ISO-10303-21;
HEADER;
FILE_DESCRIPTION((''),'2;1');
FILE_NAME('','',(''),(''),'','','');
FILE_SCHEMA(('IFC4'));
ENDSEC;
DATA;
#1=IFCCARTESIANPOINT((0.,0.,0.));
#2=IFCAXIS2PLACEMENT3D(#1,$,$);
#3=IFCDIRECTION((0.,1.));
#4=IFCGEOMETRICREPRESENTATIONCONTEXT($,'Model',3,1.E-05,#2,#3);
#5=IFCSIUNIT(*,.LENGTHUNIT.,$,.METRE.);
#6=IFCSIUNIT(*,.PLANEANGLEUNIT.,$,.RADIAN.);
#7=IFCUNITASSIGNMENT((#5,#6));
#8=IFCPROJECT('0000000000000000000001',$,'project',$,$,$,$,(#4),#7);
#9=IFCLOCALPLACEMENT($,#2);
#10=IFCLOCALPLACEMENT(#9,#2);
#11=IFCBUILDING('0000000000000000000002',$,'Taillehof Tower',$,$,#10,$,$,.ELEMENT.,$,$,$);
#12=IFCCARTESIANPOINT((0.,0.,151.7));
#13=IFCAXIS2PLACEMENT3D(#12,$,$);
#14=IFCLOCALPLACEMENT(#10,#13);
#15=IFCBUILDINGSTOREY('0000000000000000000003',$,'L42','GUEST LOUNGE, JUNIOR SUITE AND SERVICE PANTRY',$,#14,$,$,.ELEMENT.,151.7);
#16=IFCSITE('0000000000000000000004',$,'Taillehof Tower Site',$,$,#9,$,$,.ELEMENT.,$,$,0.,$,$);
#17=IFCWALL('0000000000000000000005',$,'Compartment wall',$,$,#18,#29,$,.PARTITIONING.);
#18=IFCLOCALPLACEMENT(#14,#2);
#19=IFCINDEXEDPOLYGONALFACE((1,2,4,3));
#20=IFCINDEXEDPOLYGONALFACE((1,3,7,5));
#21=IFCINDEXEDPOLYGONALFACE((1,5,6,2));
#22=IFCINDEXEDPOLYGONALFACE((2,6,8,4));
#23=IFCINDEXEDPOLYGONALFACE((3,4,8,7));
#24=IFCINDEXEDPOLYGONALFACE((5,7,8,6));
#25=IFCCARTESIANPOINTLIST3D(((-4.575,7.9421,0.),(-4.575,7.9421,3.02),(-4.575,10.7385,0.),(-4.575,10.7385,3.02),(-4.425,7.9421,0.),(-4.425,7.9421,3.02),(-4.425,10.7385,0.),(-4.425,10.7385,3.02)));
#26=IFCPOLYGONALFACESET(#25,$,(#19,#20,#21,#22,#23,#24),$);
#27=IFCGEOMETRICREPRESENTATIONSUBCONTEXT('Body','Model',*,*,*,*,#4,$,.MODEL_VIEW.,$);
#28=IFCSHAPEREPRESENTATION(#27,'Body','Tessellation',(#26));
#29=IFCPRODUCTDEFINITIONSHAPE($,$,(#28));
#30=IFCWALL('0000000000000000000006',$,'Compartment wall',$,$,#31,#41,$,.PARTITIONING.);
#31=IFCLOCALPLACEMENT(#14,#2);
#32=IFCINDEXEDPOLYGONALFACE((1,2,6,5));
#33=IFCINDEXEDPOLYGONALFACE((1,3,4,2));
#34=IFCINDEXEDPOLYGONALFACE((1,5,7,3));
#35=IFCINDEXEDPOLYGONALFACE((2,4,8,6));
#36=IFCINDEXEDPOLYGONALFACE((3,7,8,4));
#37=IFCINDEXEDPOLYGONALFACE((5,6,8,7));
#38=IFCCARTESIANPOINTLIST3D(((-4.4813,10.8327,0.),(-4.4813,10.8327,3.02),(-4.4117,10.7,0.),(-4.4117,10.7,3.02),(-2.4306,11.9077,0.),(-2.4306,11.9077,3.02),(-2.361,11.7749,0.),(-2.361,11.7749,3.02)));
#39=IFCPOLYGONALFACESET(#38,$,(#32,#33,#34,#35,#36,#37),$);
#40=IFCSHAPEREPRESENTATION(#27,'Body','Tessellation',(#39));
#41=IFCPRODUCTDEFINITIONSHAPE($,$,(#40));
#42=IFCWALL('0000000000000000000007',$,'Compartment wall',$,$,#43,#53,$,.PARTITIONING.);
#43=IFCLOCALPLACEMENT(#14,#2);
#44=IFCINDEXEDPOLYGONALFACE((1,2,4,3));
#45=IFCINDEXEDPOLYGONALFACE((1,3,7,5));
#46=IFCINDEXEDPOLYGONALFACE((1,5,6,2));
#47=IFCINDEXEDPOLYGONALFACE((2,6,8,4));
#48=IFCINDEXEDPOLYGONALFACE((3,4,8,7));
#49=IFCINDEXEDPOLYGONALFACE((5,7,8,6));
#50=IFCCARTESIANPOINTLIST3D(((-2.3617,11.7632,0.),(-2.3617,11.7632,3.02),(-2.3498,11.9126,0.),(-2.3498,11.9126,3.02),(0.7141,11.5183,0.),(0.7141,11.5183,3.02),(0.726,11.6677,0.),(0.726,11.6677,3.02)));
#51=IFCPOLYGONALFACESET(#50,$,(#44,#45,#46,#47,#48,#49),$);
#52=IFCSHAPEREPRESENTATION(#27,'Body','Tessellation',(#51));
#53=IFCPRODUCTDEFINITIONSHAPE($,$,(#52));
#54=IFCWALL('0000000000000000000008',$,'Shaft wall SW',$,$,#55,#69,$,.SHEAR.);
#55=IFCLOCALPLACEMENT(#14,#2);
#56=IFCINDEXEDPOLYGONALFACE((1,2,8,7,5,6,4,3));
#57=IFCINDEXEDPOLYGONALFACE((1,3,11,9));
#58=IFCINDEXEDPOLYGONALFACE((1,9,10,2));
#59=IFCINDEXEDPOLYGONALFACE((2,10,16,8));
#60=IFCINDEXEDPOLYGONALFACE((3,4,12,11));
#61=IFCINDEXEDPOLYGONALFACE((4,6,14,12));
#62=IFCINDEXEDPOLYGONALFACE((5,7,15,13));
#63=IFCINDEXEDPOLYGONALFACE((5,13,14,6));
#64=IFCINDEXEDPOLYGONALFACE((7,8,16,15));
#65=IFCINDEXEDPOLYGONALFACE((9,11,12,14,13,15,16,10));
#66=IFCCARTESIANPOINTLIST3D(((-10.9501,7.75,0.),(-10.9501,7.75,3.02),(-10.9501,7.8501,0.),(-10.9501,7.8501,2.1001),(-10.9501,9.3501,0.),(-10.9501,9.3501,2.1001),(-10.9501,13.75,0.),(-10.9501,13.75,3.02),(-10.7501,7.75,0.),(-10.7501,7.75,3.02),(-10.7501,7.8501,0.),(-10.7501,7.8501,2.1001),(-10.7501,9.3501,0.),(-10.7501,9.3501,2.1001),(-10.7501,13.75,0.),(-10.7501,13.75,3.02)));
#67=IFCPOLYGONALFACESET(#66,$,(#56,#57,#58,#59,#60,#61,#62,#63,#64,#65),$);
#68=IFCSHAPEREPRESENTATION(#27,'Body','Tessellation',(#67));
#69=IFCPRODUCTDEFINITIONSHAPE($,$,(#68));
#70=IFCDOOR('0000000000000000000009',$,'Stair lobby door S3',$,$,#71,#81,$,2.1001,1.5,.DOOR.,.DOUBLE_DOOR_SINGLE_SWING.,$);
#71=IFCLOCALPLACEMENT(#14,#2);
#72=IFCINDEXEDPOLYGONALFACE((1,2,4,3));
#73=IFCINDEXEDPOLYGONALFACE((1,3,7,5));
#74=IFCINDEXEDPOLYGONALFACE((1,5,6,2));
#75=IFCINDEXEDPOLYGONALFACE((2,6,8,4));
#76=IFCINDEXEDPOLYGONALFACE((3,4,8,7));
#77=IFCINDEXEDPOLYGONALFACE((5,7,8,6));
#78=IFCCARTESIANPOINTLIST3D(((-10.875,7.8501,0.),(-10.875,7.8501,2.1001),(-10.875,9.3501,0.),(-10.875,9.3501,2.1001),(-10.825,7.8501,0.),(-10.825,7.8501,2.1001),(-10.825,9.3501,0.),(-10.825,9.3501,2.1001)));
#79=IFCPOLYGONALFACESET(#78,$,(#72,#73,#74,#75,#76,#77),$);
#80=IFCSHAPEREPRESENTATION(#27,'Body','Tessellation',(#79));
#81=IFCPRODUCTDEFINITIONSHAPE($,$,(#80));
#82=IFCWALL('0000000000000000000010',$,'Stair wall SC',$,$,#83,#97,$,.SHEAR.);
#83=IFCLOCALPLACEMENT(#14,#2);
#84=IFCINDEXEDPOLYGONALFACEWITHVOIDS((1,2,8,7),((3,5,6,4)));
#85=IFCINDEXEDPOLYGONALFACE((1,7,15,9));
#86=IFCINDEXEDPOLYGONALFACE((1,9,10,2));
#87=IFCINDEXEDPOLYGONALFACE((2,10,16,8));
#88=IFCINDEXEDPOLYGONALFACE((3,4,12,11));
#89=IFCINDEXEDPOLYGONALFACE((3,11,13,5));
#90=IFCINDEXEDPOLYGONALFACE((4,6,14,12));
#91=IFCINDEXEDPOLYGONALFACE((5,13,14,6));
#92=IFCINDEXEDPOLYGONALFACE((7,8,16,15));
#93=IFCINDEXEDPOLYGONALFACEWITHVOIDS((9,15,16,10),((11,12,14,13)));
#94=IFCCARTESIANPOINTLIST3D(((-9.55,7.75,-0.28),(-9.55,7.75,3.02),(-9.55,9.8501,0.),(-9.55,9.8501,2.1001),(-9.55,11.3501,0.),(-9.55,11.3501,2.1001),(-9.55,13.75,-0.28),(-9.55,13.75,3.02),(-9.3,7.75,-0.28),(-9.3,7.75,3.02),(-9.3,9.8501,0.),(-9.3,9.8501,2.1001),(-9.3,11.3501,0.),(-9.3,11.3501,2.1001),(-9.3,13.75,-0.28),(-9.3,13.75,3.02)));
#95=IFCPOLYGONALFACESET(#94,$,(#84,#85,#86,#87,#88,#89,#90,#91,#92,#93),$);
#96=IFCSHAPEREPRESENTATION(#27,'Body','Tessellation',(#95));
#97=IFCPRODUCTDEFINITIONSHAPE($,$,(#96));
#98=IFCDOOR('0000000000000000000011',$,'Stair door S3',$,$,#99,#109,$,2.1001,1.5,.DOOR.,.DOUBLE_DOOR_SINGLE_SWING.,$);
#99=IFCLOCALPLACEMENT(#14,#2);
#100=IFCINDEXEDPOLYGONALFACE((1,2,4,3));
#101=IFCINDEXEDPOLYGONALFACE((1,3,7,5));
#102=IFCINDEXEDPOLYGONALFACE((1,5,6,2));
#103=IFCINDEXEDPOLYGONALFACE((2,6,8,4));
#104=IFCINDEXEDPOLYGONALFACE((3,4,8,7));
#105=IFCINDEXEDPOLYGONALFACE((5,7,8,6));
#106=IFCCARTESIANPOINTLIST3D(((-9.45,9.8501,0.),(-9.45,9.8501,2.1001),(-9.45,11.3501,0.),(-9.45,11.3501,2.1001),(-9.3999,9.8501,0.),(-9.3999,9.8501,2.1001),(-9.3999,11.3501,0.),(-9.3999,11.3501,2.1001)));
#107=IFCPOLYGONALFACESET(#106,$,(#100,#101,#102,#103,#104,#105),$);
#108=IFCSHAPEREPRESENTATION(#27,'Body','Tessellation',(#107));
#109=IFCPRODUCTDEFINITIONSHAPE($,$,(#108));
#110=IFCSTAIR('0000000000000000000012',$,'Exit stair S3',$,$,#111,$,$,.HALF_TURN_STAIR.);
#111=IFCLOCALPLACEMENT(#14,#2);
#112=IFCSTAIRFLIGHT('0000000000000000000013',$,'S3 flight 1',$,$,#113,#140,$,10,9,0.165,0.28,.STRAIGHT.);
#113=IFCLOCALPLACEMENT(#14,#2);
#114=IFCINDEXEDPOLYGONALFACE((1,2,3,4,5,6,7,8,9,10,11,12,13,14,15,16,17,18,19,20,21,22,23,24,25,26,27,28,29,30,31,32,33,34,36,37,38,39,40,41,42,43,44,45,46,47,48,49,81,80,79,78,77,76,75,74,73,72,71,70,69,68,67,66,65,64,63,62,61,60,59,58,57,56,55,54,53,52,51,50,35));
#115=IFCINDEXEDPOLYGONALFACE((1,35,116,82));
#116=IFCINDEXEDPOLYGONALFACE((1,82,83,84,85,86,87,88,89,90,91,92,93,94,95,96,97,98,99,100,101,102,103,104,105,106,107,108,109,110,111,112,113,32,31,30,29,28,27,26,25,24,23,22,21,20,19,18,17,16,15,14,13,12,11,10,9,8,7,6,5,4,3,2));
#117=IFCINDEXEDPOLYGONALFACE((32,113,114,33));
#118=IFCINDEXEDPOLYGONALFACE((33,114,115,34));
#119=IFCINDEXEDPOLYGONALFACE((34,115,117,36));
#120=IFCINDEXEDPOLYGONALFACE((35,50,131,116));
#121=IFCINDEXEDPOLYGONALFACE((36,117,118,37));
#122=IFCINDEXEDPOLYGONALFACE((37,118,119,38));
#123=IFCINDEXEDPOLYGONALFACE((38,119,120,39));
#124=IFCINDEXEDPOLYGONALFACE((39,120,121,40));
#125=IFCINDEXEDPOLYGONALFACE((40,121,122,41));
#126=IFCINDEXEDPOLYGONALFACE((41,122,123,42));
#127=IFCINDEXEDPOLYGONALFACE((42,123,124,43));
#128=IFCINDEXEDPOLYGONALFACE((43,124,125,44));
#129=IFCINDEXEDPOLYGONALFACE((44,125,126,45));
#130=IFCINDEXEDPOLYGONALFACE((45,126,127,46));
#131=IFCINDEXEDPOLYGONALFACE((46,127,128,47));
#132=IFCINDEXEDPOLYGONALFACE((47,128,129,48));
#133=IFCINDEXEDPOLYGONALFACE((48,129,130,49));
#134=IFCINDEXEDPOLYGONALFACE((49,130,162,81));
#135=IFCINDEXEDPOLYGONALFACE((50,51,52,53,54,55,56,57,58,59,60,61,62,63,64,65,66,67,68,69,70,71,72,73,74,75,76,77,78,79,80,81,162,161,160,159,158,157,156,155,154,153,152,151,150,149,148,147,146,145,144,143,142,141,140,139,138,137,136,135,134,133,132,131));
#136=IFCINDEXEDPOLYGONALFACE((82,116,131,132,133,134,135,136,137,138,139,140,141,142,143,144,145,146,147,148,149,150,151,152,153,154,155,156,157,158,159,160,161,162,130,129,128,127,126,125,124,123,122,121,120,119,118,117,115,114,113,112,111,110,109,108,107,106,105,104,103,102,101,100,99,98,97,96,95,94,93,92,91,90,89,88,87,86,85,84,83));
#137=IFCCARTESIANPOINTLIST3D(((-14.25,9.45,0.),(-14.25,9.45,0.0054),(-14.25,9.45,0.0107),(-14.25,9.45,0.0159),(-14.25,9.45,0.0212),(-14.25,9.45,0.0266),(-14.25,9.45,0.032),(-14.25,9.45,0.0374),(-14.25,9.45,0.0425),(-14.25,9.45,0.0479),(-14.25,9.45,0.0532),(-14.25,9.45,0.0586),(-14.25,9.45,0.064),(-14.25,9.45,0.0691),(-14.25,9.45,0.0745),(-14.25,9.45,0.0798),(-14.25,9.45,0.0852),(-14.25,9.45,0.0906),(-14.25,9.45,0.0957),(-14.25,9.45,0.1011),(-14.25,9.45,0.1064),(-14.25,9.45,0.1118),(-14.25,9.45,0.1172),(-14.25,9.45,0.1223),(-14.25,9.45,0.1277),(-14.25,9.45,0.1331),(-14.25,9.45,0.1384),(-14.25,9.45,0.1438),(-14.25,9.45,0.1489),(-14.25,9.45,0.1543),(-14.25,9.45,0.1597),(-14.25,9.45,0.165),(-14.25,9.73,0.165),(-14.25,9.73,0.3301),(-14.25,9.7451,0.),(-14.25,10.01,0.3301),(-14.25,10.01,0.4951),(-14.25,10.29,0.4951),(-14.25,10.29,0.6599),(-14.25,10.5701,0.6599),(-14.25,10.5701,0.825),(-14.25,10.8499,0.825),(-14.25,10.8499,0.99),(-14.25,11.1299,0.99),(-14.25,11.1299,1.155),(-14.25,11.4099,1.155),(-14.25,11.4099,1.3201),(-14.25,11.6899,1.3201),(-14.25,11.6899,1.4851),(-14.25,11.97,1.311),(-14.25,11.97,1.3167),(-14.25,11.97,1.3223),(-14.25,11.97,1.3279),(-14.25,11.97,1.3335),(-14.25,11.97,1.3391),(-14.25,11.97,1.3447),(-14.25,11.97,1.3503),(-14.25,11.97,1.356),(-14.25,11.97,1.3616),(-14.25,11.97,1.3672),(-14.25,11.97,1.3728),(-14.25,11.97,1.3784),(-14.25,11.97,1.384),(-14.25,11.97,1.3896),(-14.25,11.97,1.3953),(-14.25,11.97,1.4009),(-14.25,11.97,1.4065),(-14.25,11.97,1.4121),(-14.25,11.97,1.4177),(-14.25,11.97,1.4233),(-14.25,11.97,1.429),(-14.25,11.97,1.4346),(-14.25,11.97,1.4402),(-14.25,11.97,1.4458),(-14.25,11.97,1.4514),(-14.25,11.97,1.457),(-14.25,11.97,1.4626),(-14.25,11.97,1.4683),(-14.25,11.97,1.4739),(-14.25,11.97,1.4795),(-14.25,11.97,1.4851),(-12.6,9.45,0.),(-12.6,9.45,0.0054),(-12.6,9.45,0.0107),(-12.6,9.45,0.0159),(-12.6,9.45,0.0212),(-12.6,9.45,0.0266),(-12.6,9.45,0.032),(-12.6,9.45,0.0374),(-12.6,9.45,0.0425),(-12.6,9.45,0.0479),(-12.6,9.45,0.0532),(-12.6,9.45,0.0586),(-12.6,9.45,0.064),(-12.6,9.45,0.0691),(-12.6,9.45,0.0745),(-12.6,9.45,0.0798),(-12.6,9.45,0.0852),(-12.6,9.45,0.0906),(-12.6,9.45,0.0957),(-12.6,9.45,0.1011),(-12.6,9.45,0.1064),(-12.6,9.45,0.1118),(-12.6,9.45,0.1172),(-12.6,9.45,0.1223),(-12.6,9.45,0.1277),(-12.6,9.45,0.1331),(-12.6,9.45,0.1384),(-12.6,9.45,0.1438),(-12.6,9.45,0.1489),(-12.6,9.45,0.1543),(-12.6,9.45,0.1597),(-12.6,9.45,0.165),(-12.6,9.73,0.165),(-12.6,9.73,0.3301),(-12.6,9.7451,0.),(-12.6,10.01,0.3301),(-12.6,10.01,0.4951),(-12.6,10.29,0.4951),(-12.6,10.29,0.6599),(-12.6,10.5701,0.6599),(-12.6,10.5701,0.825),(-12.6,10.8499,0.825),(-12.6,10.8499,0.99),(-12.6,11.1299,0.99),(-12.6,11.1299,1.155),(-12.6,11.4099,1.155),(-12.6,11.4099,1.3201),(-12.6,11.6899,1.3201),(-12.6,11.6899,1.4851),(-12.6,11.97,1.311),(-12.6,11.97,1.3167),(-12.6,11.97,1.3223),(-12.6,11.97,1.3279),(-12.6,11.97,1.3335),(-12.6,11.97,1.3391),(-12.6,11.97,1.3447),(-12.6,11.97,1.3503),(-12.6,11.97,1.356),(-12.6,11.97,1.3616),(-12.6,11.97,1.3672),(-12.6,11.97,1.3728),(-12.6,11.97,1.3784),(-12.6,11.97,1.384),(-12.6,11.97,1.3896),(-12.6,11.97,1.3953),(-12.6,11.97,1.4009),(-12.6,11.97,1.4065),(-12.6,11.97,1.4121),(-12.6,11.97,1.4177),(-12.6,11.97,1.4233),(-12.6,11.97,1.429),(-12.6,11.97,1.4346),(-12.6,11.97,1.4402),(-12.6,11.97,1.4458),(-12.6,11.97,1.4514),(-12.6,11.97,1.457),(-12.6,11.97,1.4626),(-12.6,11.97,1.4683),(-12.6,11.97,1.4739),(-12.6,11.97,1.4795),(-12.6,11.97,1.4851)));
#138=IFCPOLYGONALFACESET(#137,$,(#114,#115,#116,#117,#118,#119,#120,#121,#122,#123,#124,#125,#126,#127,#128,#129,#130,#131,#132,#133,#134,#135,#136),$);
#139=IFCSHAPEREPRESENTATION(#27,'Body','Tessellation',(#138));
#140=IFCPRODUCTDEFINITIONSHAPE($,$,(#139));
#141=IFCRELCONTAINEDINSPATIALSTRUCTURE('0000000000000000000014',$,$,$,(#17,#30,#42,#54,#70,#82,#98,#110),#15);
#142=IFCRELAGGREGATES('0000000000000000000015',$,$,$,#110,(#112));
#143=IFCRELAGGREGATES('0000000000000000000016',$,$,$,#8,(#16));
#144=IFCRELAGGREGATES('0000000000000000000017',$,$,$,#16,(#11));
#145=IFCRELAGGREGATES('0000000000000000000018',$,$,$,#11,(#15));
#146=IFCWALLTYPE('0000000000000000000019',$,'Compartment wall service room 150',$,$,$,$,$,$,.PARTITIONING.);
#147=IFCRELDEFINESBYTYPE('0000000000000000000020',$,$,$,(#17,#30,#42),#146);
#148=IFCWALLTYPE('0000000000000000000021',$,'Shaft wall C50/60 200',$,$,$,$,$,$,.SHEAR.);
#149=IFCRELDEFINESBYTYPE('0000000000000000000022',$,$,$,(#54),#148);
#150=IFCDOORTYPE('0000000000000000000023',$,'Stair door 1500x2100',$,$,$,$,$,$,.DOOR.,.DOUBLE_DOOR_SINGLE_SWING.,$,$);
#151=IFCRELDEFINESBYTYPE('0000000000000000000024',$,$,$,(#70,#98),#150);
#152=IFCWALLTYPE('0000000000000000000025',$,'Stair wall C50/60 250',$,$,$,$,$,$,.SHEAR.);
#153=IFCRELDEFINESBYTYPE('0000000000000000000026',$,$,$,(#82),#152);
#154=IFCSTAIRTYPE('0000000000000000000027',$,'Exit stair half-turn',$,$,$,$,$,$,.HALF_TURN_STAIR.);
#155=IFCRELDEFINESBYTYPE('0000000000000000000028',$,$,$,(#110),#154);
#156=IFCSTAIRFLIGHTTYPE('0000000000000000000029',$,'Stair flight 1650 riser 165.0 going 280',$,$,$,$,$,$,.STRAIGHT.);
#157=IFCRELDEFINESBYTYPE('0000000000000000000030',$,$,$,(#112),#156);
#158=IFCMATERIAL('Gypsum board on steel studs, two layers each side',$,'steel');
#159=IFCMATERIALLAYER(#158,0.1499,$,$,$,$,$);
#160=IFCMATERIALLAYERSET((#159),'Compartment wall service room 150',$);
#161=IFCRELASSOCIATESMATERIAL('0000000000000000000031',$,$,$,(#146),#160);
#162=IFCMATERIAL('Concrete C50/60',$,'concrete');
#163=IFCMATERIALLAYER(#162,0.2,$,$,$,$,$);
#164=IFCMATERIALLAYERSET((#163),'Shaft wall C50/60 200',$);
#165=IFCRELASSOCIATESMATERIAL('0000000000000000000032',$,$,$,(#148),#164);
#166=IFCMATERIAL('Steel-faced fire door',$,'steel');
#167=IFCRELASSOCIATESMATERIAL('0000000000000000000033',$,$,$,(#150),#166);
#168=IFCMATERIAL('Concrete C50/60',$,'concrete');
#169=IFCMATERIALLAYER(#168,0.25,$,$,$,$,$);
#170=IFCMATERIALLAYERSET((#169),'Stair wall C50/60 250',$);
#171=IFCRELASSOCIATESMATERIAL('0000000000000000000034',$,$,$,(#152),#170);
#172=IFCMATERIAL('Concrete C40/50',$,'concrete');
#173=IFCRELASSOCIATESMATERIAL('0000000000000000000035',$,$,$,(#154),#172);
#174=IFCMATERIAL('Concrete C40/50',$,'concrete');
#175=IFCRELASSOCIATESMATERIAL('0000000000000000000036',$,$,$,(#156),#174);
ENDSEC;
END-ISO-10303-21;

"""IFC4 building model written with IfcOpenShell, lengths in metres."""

from ifc_helpers import new_model, si_unit, direction, frame, frame_2d, origin, place, context, subcontext, project, spatial, polyline, rectangle, outline, extrude, material, layer, layer_set, type_object, element, fill, aggregate, save


model = new_model("IFC4")

# Units and contexts
model_context = context("Model", 3, precision=1e-05, world=origin(), true_north=direction((0.0, 1.0)))
body_context = subcontext(model_context, "Body", "Model", "MODEL_VIEW")
ifc_project = project(units=[si_unit("LENGTHUNIT", "METRE"), si_unit("PLANEANGLEUNIT", "RADIAN")], contexts=[model_context])

# Site, building, storey
site_placement = place(None, origin())
site = spatial("IfcSite", under=ifc_project, at=site_placement, Name="Taillehof Tower Site", CompositionType="ELEMENT", RefElevation=0.0)
building_placement = place(site_placement, origin())
building = spatial("IfcBuilding", under=site, at=building_placement, Name="Taillehof Tower", CompositionType="ELEMENT")
storey_placement = place(building_placement, frame((0.0, 0.0, 151.7)))
storey = spatial("IfcBuildingStorey", under=building, at=storey_placement, Name="L42", Description="GUEST LOUNGE, JUNIOR SUITE AND SERVICE PANTRY", CompositionType="ELEMENT", Elevation=151.7)

# Walls
ifc_material_1 = material(Name="Gypsum board on steel studs, two layers each side", Category="steel")
ifc_layer_1 = layer(ifc_material_1, 0.1499)
ifc_layer_set_1 = layer_set([ifc_layer_1], Name="Compartment wall service room 150")
wall_type_1 = type_object("IfcWallType", Name="Compartment wall service room 150", PredefinedType="PARTITIONING", material=ifc_layer_set_1)
wall_1_placement = place(storey_placement, frame((-4.5, 7.9421, 0.0), z_axis=(0.0, 0.0, 1.0), x_axis=(0.0, 1.0, 0.0)))
element("IfcWall", 1, at=wall_1_placement, inside=storey, type_object=wall_type_1, Name="Compartment wall", PredefinedType="PARTITIONING", context=body_context, shape_type="SweptSolid", body=[
    extrude(rectangle(XDim=2.7964, YDim=0.1499, at=frame_2d((1.3982, 0.0))), origin(), (0.0, 0.0, 1.0), 3.02),
])
wall_2_placement = place(storey_placement, frame((-4.4465, 10.7664, 0.0), z_axis=(0.0, 0.0, 1.0), x_axis=(0.885701, 0.464255, 0.0)))
element("IfcWall", 2, at=wall_2_placement, inside=storey, type_object=wall_type_1, Name="Compartment wall", PredefinedType="PARTITIONING", context=body_context, shape_type="SweptSolid", body=[
    extrude(rectangle(XDim=2.3154, YDim=0.1499, at=frame_2d((1.1577, 0.0))), origin(), (0.0, 0.0, 1.0), 3.02),
])
wall_3_placement = place(storey_placement, frame((-2.3557, 11.8379, 0.0), z_axis=(0.0, 0.0, 1.0), x_axis=(0.996846, -0.079365, 0.0)))
element("IfcWall", 3, at=wall_3_placement, inside=storey, type_object=wall_type_1, Name="Compartment wall", PredefinedType="PARTITIONING", context=body_context, shape_type="SweptSolid", body=[
    extrude(rectangle(XDim=3.0854, YDim=0.1499, at=frame_2d((1.5427, 0.0))), origin(), (0.0, 0.0, 1.0), 3.02),
])

# Walls, openings, doors
ifc_material_2 = material(Name="Concrete C50/60", Category="concrete")
ifc_layer_2 = layer(ifc_material_2, 0.2)
ifc_layer_set_2 = layer_set([ifc_layer_2], Name="Shaft wall C50/60 200")
wall_type_2 = type_object("IfcWallType", Name="Shaft wall C50/60 200", PredefinedType="SHEAR", material=ifc_layer_set_2)
wall_4_placement = place(storey_placement, frame((-10.8501, 7.75, 0.0), z_axis=(0.0, 0.0, 1.0), x_axis=(0.0, 1.0, 0.0)))
wall_4 = element("IfcWall", 4, at=wall_4_placement, inside=storey, type_object=wall_type_2, Name="Shaft wall SW", PredefinedType="SHEAR", context=body_context, shape_type="SweptSolid", body=[
    extrude(rectangle(XDim=6.0, YDim=0.2, at=frame_2d((3.0, 0.0))), origin(), (0.0, 0.0, 1.0), 3.02),
])
opening_1_placement = place(wall_4_placement, frame((0.1001, 0.0, 0.0)))
opening_1 = element("IfcOpeningElement", 5, at=opening_1_placement, cuts=wall_4, PredefinedType="OPENING", context=body_context, shape_type="SweptSolid", body=[
    extrude(rectangle(XDim=1.5, YDim=2.1001, at=frame_2d((0.75, 1.05))), frame((0.0, 0.1099, 0.0), z_axis=(0.0, -1.0, 0.0), x_axis=(1.0, 0.0, 0.0)), (0.0, 0.0, 1.0), 0.22),
])
ifc_material_3 = material(Name="Steel-faced fire door", Category="steel")
door_type = type_object("IfcDoorType", Name="Stair door 1500x2100", OperationType="DOUBLE_DOOR_SINGLE_SWING", PredefinedType="DOOR", material=ifc_material_3)
door_1_placement = place(opening_1_placement, origin())
door_1 = element("IfcDoor", 6, at=door_1_placement, inside=storey, type_object=door_type, Name="Stair lobby door S3", OperationType="DOUBLE_DOOR_SINGLE_SWING", OverallHeight=2.1001, OverallWidth=1.5, PredefinedType="DOOR", context=body_context, shape_type="SweptSolid", body=[
    extrude(rectangle(XDim=1.5, YDim=2.1001, at=frame_2d((0.75, 1.05))), frame((0.0, 0.0249, 0.0), z_axis=(0.0, -1.0, 0.0), x_axis=(1.0, 0.0, 0.0)), (0.0, 0.0, 1.0), 0.05),
])
fill(opening_1, door_1)
ifc_material_4 = material(Name="Concrete C50/60", Category="concrete")
ifc_layer_3 = layer(ifc_material_4, 0.25)
ifc_layer_set_3 = layer_set([ifc_layer_3], Name="Stair wall C50/60 250")
wall_type_3 = type_object("IfcWallType", Name="Stair wall C50/60 250", PredefinedType="SHEAR", material=ifc_layer_set_3)
wall_5_placement = place(storey_placement, frame((-9.425, 7.75, -0.28), z_axis=(0.0, 0.0, 1.0), x_axis=(0.0, 1.0, 0.0)))
wall_5 = element("IfcWall", 7, at=wall_5_placement, inside=storey, type_object=wall_type_3, Name="Stair wall SC", PredefinedType="SHEAR", context=body_context, shape_type="SweptSolid", body=[
    extrude(rectangle(XDim=6.0, YDim=0.25, at=frame_2d((3.0, 0.0))), origin(), (0.0, 0.0, 1.0), 3.3),
])
opening_2_placement = place(wall_5_placement, frame((2.1001, 0.0, 0.28)))
opening_2 = element("IfcOpeningElement", 8, at=opening_2_placement, cuts=wall_5, PredefinedType="OPENING", context=body_context, shape_type="SweptSolid", body=[
    extrude(rectangle(XDim=1.5, YDim=2.1001, at=frame_2d((0.75, 1.05))), frame((0.0, 0.135, 0.0), z_axis=(0.0, -1.0, 0.0), x_axis=(1.0, 0.0, 0.0)), (0.0, 0.0, 1.0), 0.27),
])
door_2_placement = place(opening_2_placement, origin())
door_2 = element("IfcDoor", 9, at=door_2_placement, inside=storey, type_object=door_type, Name="Stair door S3", OperationType="DOUBLE_DOOR_SINGLE_SWING", OverallHeight=2.1001, OverallWidth=1.5, PredefinedType="DOOR", context=body_context, shape_type="SweptSolid", body=[
    extrude(rectangle(XDim=1.5, YDim=2.1001, at=frame_2d((0.75, 1.05))), frame((0.0, 0.0249, 0.0), z_axis=(0.0, -1.0, 0.0), x_axis=(1.0, 0.0, 0.0)), (0.0, 0.0, 1.0), 0.05),
])
fill(opening_2, door_2)

# Stair, stair flight
ifc_material_5 = material(Name="Concrete C40/50", Category="concrete")
stair_type = type_object("IfcStairType", Name="Exit stair half-turn", PredefinedType="HALF_TURN_STAIR", material=ifc_material_5)
stair_placement = place(storey_placement, origin())
stair = element("IfcStair", 10, at=stair_placement, inside=storey, type_object=stair_type, Name="Exit stair S3", PredefinedType="HALF_TURN_STAIR")
ifc_material_6 = material(Name="Concrete C40/50", Category="concrete")
stair_flight_type = type_object("IfcStairFlightType", Name="Stair flight 1650 riser 165.0 going 280", PredefinedType="STRAIGHT", material=ifc_material_6)
stair_flight_placement = place(storey_placement, frame((-13.425, 9.45, 0.0), z_axis=(0.0, 0.0, 1.0), x_axis=(0.0, 1.0, 0.0)))
stair_flight = element("IfcStairFlight", 11, at=stair_flight_placement, type_object=stair_flight_type, Name="S3 flight 1", NumberOfRisers=10, NumberOfTreads=9, PredefinedType="STRAIGHT", RiserHeight=0.165, TreadLength=0.28, context=body_context, shape_type="SweptSolid", body=[
    extrude(outline(polyline([(0.0, 0.0), (0.0, 0.0054), (0.0, 0.0107), (0.0, 0.0159), (0.0, 0.0212), (0.0, 0.0266), (0.0, 0.032), (0.0, 0.0374), (0.0, 0.0425), (0.0, 0.0479), (0.0, 0.0532), (0.0, 0.0586), (0.0, 0.064), (0.0, 0.0691), (0.0, 0.0745), (0.0, 0.0798), (0.0, 0.0852), (0.0, 0.0906), (0.0, 0.0957), (0.0, 0.1011), (0.0, 0.1064), (0.0, 0.1118), (0.0, 0.1172), (0.0, 0.1223), (0.0, 0.1277), (0.0, 0.1331), (0.0, 0.1384), (0.0, 0.1438), (0.0, 0.1489), (0.0, 0.1543), (0.0, 0.1597), (0.0, 0.165), (0.28, 0.165), (0.28, 0.3301), (0.5601, 0.3301), (0.5601, 0.4951), (0.8401, 0.4951), (0.8401, 0.6599), (1.1201, 0.6599), (1.1201, 0.825), (1.3999, 0.825), (1.3999, 0.99), (1.6799, 0.99), (1.6799, 1.155), (1.96, 1.155), (1.96, 1.3201), (2.24, 1.3201), (2.24, 1.4851), (2.52, 1.4851), (2.52, 1.4795), (2.52, 1.4739), (2.52, 1.4683), (2.52, 1.4626), (2.52, 1.457), (2.52, 1.4514), (2.52, 1.4458), (2.52, 1.4402), (2.52, 1.4346), (2.52, 1.429), (2.52, 1.4233), (2.52, 1.4177), (2.52, 1.4121), (2.52, 1.4065), (2.52, 1.4009), (2.52, 1.3953), (2.52, 1.3896), (2.52, 1.384), (2.52, 1.3784), (2.52, 1.3728), (2.52, 1.3672), (2.52, 1.3616), (2.52, 1.356), (2.52, 1.3503), (2.52, 1.3447), (2.52, 1.3391), (2.52, 1.3335), (2.52, 1.3279), (2.52, 1.3223), (2.52, 1.3167), (2.52, 1.311), (0.2952, 0.0), (0.0, 0.0)])), frame((0.0, 0.825, 0.0), z_axis=(0.0, -1.0, 0.0), x_axis=(1.0, 0.0, 0.0)), (0.0, 0.0, 1.0), 1.65),
])
aggregate(stair, [stair_flight])

save(model, "model.ifc")
